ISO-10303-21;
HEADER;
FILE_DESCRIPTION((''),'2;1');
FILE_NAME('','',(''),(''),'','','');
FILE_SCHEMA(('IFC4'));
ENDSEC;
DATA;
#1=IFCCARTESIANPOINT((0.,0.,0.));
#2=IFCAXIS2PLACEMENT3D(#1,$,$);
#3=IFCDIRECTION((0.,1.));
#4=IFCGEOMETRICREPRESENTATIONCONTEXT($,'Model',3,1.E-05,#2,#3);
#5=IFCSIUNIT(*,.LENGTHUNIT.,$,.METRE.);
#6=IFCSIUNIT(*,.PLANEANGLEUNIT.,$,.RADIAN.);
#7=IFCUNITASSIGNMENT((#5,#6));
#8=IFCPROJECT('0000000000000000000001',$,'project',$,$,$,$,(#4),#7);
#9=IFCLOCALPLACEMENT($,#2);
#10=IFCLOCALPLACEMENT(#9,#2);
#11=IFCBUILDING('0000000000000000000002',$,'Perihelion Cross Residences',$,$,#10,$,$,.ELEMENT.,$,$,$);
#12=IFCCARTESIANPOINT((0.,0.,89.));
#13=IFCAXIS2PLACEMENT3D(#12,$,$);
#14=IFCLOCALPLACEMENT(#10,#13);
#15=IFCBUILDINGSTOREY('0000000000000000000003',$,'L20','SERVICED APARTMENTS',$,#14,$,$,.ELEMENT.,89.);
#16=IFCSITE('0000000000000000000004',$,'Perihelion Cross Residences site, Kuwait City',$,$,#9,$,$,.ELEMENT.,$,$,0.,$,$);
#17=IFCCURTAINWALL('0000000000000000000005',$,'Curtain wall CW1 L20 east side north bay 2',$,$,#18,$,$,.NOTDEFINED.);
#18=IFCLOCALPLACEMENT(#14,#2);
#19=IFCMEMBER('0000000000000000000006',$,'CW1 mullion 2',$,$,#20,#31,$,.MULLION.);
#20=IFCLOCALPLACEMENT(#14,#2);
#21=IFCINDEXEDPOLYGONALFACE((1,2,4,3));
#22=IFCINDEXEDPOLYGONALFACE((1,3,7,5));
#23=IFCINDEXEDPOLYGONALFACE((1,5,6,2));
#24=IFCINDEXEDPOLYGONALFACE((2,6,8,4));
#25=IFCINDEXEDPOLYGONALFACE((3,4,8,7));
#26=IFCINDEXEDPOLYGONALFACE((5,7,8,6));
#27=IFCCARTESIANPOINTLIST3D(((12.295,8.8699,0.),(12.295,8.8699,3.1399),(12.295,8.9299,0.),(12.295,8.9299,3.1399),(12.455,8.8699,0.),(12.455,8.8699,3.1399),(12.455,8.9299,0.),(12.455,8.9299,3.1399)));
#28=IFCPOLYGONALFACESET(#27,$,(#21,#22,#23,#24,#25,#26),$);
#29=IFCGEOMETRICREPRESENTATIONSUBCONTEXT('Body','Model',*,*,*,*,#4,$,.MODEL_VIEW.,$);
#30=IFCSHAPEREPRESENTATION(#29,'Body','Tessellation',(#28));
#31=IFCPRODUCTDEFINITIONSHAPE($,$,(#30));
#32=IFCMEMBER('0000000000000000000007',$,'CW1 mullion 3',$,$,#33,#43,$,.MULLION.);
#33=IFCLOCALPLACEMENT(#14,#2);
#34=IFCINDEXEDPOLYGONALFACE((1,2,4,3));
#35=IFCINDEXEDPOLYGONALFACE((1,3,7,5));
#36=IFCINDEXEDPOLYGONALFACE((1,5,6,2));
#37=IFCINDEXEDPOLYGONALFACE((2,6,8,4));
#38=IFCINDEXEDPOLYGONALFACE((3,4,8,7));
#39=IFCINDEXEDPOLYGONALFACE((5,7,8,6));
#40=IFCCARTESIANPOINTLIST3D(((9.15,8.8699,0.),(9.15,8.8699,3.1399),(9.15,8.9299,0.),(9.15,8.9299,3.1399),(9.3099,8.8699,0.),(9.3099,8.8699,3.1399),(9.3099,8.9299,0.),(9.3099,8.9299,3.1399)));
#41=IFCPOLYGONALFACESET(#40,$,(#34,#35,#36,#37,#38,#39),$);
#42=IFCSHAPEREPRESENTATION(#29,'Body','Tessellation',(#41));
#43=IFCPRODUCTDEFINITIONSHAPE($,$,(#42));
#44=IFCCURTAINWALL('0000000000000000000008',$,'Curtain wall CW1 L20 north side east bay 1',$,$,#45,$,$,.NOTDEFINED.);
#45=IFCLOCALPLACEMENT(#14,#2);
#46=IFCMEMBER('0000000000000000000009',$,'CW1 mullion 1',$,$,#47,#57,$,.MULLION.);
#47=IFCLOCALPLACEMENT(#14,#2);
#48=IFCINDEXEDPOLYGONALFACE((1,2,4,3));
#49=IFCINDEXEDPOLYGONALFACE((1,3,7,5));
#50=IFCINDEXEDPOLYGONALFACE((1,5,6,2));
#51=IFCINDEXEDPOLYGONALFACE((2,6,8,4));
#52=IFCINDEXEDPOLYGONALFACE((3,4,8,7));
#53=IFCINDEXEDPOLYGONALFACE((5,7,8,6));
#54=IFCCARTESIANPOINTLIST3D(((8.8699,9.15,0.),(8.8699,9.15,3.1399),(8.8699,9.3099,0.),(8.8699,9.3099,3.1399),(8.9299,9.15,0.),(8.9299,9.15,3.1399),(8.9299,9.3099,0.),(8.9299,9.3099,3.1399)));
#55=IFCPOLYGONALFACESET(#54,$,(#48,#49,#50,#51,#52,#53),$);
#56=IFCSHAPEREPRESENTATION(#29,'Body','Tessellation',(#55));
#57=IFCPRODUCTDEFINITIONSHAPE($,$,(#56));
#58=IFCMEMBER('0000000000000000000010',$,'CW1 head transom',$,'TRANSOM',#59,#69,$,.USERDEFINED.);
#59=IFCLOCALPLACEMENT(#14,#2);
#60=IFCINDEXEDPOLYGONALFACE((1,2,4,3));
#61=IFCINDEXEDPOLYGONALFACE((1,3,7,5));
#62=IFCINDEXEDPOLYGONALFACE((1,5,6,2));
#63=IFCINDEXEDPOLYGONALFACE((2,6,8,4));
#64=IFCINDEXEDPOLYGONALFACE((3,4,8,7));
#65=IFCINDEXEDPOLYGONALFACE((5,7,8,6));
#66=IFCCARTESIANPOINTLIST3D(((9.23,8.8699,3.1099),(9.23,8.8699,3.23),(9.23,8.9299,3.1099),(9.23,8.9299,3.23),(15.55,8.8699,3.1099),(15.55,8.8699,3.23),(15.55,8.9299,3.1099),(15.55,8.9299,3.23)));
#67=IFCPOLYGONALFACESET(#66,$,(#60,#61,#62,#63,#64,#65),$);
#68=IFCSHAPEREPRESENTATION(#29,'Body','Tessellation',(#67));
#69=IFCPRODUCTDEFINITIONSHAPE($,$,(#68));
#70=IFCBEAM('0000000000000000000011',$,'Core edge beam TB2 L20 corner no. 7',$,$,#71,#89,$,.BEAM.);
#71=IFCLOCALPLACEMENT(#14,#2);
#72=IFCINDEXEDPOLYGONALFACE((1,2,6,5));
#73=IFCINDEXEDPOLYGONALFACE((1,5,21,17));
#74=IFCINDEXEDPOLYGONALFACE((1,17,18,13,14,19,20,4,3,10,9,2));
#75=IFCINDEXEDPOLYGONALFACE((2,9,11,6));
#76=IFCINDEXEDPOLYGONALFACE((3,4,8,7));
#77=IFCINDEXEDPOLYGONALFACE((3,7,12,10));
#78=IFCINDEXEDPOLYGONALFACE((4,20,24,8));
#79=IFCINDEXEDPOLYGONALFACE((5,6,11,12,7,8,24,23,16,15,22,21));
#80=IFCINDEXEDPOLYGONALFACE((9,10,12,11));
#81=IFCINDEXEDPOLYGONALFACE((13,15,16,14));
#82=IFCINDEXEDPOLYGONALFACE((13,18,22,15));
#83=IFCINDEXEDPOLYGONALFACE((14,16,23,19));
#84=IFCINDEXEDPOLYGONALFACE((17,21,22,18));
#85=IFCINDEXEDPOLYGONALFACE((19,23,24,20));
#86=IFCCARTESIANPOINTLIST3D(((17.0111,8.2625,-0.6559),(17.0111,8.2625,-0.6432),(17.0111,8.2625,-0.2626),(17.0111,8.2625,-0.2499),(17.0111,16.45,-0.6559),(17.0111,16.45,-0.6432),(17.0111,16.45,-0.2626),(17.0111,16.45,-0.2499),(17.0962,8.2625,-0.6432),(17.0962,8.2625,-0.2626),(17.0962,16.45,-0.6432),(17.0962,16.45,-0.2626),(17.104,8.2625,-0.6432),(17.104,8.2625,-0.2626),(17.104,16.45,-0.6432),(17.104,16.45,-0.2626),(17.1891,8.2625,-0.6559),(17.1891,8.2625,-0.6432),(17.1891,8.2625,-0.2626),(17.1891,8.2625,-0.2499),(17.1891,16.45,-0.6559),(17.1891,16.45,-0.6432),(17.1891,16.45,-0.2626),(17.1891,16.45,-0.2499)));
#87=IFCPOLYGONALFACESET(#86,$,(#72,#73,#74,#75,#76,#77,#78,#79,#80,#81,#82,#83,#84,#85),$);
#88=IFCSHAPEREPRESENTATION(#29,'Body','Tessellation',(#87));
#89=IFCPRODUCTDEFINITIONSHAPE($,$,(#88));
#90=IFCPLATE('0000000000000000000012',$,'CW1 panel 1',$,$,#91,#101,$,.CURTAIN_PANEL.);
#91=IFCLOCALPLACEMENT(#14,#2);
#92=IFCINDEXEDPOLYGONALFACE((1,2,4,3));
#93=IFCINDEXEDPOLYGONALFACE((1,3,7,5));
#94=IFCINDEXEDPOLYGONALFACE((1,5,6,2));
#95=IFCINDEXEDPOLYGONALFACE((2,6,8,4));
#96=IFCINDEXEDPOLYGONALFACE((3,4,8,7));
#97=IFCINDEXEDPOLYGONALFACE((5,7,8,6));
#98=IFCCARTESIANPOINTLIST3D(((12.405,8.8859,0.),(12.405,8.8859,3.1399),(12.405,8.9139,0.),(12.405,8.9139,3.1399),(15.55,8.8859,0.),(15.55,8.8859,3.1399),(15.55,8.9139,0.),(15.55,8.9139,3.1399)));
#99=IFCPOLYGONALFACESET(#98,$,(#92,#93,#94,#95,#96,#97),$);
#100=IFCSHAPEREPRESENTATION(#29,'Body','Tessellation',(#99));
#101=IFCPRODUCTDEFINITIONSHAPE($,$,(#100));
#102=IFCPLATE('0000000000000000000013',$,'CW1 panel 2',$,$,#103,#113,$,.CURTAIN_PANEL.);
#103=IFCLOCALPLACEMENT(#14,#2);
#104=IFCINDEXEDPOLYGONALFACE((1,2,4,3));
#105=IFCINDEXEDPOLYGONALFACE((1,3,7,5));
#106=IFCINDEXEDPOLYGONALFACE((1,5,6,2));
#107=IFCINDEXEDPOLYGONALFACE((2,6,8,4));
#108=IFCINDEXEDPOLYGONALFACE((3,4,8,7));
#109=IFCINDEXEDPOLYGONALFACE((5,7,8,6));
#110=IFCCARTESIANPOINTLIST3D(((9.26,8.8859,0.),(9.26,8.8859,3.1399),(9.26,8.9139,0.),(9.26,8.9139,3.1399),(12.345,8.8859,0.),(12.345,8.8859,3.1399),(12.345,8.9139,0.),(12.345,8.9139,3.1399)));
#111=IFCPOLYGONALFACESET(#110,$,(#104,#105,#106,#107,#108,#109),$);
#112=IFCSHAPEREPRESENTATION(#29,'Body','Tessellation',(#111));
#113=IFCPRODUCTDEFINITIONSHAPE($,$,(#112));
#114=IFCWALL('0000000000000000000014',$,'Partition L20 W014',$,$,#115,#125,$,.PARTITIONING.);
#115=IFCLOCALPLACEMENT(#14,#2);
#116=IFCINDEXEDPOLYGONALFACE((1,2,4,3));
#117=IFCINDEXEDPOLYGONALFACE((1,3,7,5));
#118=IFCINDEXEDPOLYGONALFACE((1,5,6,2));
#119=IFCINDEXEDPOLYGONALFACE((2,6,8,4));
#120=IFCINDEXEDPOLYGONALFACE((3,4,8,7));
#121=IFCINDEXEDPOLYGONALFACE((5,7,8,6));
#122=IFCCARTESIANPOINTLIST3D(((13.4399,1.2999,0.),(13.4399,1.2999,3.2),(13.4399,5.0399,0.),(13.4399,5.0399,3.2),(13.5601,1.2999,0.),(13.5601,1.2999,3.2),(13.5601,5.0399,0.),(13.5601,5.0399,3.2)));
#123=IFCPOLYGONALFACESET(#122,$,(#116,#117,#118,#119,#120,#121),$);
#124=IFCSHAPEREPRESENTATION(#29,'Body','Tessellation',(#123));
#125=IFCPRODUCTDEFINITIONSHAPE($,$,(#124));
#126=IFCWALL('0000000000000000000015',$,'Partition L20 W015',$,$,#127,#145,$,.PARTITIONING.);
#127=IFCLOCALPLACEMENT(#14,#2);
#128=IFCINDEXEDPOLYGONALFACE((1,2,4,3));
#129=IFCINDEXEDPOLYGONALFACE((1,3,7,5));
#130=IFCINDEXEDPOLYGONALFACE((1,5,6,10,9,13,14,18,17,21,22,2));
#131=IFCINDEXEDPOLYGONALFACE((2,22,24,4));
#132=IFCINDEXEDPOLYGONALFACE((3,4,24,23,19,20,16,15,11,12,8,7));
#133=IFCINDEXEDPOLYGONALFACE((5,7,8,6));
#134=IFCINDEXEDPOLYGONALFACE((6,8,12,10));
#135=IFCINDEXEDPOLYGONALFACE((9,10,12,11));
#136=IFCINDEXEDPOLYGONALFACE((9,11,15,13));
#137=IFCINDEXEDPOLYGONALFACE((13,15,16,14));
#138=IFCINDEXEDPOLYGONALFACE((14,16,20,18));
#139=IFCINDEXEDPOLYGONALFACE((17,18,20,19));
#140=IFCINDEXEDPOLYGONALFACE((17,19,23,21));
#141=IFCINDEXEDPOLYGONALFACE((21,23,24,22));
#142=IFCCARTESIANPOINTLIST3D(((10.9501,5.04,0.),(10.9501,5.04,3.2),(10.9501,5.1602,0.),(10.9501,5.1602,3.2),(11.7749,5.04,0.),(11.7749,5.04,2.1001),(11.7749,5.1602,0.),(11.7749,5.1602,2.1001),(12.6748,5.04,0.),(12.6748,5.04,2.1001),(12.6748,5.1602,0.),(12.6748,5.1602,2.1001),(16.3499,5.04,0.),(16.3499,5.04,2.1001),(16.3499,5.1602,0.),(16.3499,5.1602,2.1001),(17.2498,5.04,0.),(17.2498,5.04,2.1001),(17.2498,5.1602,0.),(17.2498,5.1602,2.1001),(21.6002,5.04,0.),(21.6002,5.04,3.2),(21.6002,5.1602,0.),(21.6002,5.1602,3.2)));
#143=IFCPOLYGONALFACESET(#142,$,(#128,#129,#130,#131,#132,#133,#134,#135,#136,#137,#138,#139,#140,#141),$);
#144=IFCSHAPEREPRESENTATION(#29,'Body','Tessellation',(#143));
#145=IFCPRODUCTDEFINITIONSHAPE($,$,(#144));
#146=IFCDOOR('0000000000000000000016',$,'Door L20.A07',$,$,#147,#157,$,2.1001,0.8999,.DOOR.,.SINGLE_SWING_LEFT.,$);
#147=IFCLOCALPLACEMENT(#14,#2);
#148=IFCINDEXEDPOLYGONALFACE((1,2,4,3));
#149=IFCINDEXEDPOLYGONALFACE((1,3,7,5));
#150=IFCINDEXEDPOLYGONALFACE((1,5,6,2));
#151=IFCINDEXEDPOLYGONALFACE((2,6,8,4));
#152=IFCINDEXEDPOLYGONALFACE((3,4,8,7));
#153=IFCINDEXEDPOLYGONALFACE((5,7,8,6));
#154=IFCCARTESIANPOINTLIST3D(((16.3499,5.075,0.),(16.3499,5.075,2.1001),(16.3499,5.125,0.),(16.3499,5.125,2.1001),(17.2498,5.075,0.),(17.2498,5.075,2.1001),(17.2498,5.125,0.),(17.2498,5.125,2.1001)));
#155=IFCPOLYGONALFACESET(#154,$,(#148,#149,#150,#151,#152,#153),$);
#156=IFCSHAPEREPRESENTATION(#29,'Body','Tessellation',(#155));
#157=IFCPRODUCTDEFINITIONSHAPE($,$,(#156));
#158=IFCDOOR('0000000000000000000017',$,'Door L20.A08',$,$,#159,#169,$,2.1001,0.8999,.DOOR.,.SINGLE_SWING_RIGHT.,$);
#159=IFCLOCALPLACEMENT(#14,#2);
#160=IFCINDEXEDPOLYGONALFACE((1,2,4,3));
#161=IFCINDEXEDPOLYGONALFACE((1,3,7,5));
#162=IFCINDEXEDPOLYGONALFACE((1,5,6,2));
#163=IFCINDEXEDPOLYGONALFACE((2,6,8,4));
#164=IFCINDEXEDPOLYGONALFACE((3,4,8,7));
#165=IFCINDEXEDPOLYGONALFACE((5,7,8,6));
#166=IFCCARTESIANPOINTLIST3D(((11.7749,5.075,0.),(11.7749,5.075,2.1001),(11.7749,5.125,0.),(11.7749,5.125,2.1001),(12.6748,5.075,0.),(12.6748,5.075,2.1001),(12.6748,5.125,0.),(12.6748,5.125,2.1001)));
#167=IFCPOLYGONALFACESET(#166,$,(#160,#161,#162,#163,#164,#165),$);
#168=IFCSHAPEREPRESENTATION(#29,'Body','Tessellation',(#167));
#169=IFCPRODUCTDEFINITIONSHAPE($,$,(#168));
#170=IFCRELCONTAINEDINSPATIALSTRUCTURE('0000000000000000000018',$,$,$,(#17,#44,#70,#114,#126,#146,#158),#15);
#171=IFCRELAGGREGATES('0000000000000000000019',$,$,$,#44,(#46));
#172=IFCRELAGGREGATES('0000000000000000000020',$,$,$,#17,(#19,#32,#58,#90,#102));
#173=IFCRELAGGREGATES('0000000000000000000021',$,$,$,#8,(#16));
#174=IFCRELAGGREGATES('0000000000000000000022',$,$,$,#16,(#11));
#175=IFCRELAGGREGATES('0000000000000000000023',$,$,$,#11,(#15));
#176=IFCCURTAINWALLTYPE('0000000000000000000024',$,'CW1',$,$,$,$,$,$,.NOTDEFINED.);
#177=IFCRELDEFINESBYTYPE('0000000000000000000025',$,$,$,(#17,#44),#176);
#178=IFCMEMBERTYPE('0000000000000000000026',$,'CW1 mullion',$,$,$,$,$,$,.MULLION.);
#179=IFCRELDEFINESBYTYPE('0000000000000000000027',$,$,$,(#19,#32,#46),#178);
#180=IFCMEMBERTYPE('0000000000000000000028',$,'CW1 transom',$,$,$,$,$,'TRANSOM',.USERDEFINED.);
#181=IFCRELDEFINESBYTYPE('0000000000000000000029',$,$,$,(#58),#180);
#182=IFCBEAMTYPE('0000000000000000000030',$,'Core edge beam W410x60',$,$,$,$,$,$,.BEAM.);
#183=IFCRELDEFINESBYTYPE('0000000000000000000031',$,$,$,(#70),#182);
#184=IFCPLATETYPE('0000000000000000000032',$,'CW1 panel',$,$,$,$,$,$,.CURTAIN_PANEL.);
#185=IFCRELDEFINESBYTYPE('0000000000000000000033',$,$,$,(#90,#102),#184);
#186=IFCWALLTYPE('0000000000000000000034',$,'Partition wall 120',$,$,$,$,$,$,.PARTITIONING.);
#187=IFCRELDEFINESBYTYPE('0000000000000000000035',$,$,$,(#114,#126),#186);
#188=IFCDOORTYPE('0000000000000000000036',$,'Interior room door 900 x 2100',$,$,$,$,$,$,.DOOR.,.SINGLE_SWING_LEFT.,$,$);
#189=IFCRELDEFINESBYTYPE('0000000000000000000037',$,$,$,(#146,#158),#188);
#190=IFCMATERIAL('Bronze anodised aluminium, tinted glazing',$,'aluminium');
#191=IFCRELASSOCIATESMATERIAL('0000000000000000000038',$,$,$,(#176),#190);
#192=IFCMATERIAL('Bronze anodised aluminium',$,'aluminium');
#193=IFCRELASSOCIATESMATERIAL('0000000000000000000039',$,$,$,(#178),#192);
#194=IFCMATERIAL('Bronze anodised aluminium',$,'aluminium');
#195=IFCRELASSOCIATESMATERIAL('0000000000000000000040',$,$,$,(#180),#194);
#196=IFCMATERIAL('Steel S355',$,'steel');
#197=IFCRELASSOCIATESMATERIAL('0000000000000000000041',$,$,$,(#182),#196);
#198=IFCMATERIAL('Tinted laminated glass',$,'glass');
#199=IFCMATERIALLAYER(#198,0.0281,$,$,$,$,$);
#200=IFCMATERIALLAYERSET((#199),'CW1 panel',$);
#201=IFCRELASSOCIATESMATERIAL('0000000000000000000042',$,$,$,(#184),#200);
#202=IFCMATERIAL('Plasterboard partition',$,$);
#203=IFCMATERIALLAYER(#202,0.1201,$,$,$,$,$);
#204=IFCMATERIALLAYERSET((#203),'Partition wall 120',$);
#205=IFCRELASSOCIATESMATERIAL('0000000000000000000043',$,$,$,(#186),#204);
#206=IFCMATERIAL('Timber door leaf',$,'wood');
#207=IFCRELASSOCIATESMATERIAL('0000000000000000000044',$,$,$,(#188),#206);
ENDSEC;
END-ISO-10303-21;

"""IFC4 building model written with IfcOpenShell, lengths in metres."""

from ifc_helpers import new_model, si_unit, direction, frame, frame_2d, origin, origin_2d, place, context, subcontext, project, spatial, rectangle, i_section, extrude, material, layer, layer_set, material_profile, profile_set, type_object, element, fill, aggregate, save


model = new_model("IFC4")

# Units and contexts
model_context = context("Model", 3, precision=1e-05, world=origin(), true_north=direction((0.0, 1.0)))
body_context = subcontext(model_context, "Body", "Model", "MODEL_VIEW")
ifc_project = project(units=[si_unit("LENGTHUNIT", "METRE"), si_unit("PLANEANGLEUNIT", "RADIAN")], contexts=[model_context])

# Site, building, storey
site_placement = place(None, origin())
site = spatial("IfcSite", under=ifc_project, at=site_placement, Name="Perihelion Cross Residences site, Kuwait City", CompositionType="ELEMENT", RefElevation=0.0)
building_placement = place(site_placement, origin())
building = spatial("IfcBuilding", under=site, at=building_placement, Name="Perihelion Cross Residences", CompositionType="ELEMENT")
storey_placement = place(building_placement, frame((0.0, 0.0, 89.0)))
storey = spatial("IfcBuildingStorey", under=building, at=storey_placement, Name="L20", Description="SERVICED APARTMENTS", CompositionType="ELEMENT", Elevation=89.0)

# Curtain wall, members
ifc_material_1 = material(Name="Bronze anodised aluminium, tinted glazing", Category="aluminium")
curtain_wall_type = type_object("IfcCurtainWallType", Name="CW1", PredefinedType="NOTDEFINED", material=ifc_material_1)
curtain_wall_1_placement = place(storey_placement, origin())
curtain_wall_1 = element("IfcCurtainWall", 1, at=curtain_wall_1_placement, inside=storey, type_object=curtain_wall_type, Name="Curtain wall CW1 L20 east side north bay 2", PredefinedType="NOTDEFINED")
ifc_material_2 = material(Name="Bronze anodised aluminium", Category="aluminium")
ifc_material_profile_1 = material_profile(ifc_material_2, rectangle(XDim=0.0601, YDim=0.1599, at=origin_2d()), Name="CW1 mullion")
ifc_profile_set_1 = profile_set([ifc_material_profile_1], Name="Bronze anodised aluminium")
member_type_1 = type_object("IfcMemberType", Name="CW1 mullion", PredefinedType="MULLION", material=ifc_profile_set_1)
member_1_placement = place(storey_placement, frame((12.375, 8.8999, 0.0), z_axis=(0.0, 0.0, 1.0), x_axis=(0.0, -1.0, 0.0)))
member_1 = element("IfcMember", 2, at=member_1_placement, type_object=member_type_1, Name="CW1 mullion 2", PredefinedType="MULLION", context=body_context, shape_type="SweptSolid", body=[
    extrude(rectangle(XDim=0.0601, YDim=0.1599, at=origin_2d()), origin(), (0.0, 0.0, 1.0), 3.1399),
])
member_2_placement = place(storey_placement, frame((9.23, 8.8999, 0.0), z_axis=(0.0, 0.0, 1.0), x_axis=(0.0, -1.0, 0.0)))
member_2 = element("IfcMember", 3, at=member_2_placement, type_object=member_type_1, Name="CW1 mullion 3", PredefinedType="MULLION", context=body_context, shape_type="SweptSolid", body=[
    extrude(rectangle(XDim=0.0601, YDim=0.1599, at=origin_2d()), origin(), (0.0, 0.0, 1.0), 3.1399),
])

# Curtain wall, member
curtain_wall_2_placement = place(storey_placement, origin())
curtain_wall_2 = element("IfcCurtainWall", 4, at=curtain_wall_2_placement, inside=storey, type_object=curtain_wall_type, Name="Curtain wall CW1 L20 north side east bay 1", PredefinedType="NOTDEFINED")
member_3_placement = place(storey_placement, frame((8.8999, 9.23, 0.0), z_axis=(0.0, 0.0, 1.0), x_axis=(-1.0, 0.0, 0.0)))
member_3 = element("IfcMember", 5, at=member_3_placement, type_object=member_type_1, Name="CW1 mullion 1", PredefinedType="MULLION", context=body_context, shape_type="SweptSolid", body=[
    extrude(rectangle(XDim=0.0601, YDim=0.1599, at=origin_2d()), origin(), (0.0, 0.0, 1.0), 3.1399),
])
aggregate(curtain_wall_2, [member_3])

# Member
ifc_material_3 = material(Name="Bronze anodised aluminium", Category="aluminium")
ifc_material_profile_2 = material_profile(ifc_material_3, rectangle(XDim=0.0601, YDim=0.1201, at=origin_2d()), Name="CW1 transom")
ifc_profile_set_2 = profile_set([ifc_material_profile_2], Name="Bronze anodised aluminium")
member_type_2 = type_object("IfcMemberType", Name="CW1 transom", ElementType="TRANSOM", PredefinedType="USERDEFINED", material=ifc_profile_set_2)
member_4_placement = place(storey_placement, frame((15.55, 8.8999, 3.1699), z_axis=(-1.0, 0.0, 0.0), x_axis=(0.0, -1.0, 0.0)))
member_4 = element("IfcMember", 6, at=member_4_placement, type_object=member_type_2, Name="CW1 head transom", ObjectType="TRANSOM", PredefinedType="USERDEFINED", context=body_context, shape_type="SweptSolid", body=[
    extrude(rectangle(XDim=0.0601, YDim=0.1201, at=origin_2d()), origin(), (0.0, 0.0, 1.0), 6.3201),
])

# Beam
ifc_material_4 = material(Name="Steel S355", Category="steel")
ifc_material_profile_3 = material_profile(ifc_material_4, i_section(OverallWidth=0.178, OverallDepth=0.406, WebThickness=0.0078, FlangeThickness=0.0127, at=origin_2d()), Name="W410x60")
ifc_profile_set_3 = profile_set([ifc_material_profile_3], Name="Steel S355")
beam_type = type_object("IfcBeamType", Name="Core edge beam W410x60", PredefinedType="BEAM", material=ifc_profile_set_3)
beam_placement = place(storey_placement, frame((17.1001, 8.2625, -0.4529), z_axis=(0.0, 1.0, 0.0), x_axis=(-1.0, 0.0, 0.0)))
element("IfcBeam", 7, at=beam_placement, inside=storey, type_object=beam_type, Name="Core edge beam TB2 L20 corner no. 7", PredefinedType="BEAM", context=body_context, shape_type="SweptSolid", body=[
    extrude(i_section(OverallWidth=0.178, OverallDepth=0.406, WebThickness=0.0078, FlangeThickness=0.0127, at=origin_2d()), origin(), (0.0, 0.0, 1.0), 8.1875),
])

# Plates
ifc_material_5 = material(Name="Tinted laminated glass", Category="glass")
ifc_layer_1 = layer(ifc_material_5, 0.0281)
ifc_layer_set_1 = layer_set([ifc_layer_1], Name="CW1 panel")
plate_type = type_object("IfcPlateType", Name="CW1 panel", PredefinedType="CURTAIN_PANEL", material=ifc_layer_set_1)
plate_1_placement = place(storey_placement, frame((13.9775, 8.8999, 0.0), z_axis=(0.0, 0.0, 1.0), x_axis=(-1.0, 0.0, 0.0)))
plate_1 = element("IfcPlate", 8, at=plate_1_placement, type_object=plate_type, Name="CW1 panel 1", PredefinedType="CURTAIN_PANEL", context=body_context, shape_type="SweptSolid", body=[
    extrude(rectangle(XDim=3.145, YDim=0.0281, at=origin_2d()), origin(), (0.0, 0.0, 1.0), 3.1399),
])
plate_2_placement = place(storey_placement, frame((10.8025, 8.8999, 0.0), z_axis=(0.0, 0.0, 1.0), x_axis=(-1.0, 0.0, 0.0)))
plate_2 = element("IfcPlate", 9, at=plate_2_placement, type_object=plate_type, Name="CW1 panel 2", PredefinedType="CURTAIN_PANEL", context=body_context, shape_type="SweptSolid", body=[
    extrude(rectangle(XDim=3.085, YDim=0.0281, at=origin_2d()), origin(), (0.0, 0.0, 1.0), 3.1399),
])
aggregate(curtain_wall_1, [member_1, member_2, member_4, plate_1, plate_2])

# Wall
ifc_material_6 = material(Name="Plasterboard partition")
ifc_layer_2 = layer(ifc_material_6, 0.1201)
ifc_layer_set_2 = layer_set([ifc_layer_2], Name="Partition wall 120")
wall_type_1 = type_object("IfcWallType", Name="Partition wall 120", PredefinedType="PARTITIONING", material=ifc_layer_set_2)
wall_1_placement = place(storey_placement, frame((13.5, 5.04, 0.0), z_axis=(0.0, 0.0, 1.0), x_axis=(0.0, -1.0, 0.0)))
element("IfcWall", 10, at=wall_1_placement, inside=storey, type_object=wall_type_1, Name="Partition L20 W014", PredefinedType="PARTITIONING", context=body_context, shape_type="SweptSolid", body=[
    extrude(rectangle(XDim=3.74, YDim=0.1201, at=frame_2d((1.8701, 0.0))), origin(), (0.0, 0.0, 1.0), 3.2),
])

# Wall, openings, doors
wall_2_placement = place(storey_placement, frame((10.95, 5.1001, 0.0), z_axis=(0.0, 0.0, 1.0), x_axis=(1.0, 0.0, 0.0)))
wall_2 = element("IfcWall", 11, at=wall_2_placement, inside=storey, type_object=wall_type_1, Name="Partition L20 W015", PredefinedType="PARTITIONING", context=body_context, shape_type="SweptSolid", body=[
    extrude(rectangle(XDim=10.6501, YDim=0.1201, at=frame_2d((5.3252, 0.0))), origin(), (0.0, 0.0, 1.0), 3.2),
])
opening_1_placement = place(wall_2_placement, frame((5.3999, 0.0, 0.0)))
opening_1 = element("IfcOpeningElement", 12, at=opening_1_placement, cuts=wall_2, PredefinedType="OPENING", context=body_context, shape_type="SweptSolid", body=[
    extrude(rectangle(XDim=0.8999, YDim=2.1001, at=frame_2d((0.45, 1.05))), frame((0.0, 0.0701, 0.0), z_axis=(0.0, -1.0, 0.0), x_axis=(1.0, 0.0, 0.0)), (0.0, 0.0, 1.0), 0.1401),
])
opening_2_placement = place(wall_2_placement, frame((0.825, 0.0, 0.0)))
opening_2 = element("IfcOpeningElement", 13, at=opening_2_placement, cuts=wall_2, PredefinedType="OPENING", context=body_context, shape_type="SweptSolid", body=[
    extrude(rectangle(XDim=0.8999, YDim=2.1001, at=frame_2d((0.45, 1.05))), frame((0.0, 0.0701, 0.0), z_axis=(0.0, -1.0, 0.0), x_axis=(1.0, 0.0, 0.0)), (0.0, 0.0, 1.0), 0.1401),
])
ifc_material_7 = material(Name="Timber door leaf", Category="wood")
door_type_1 = type_object("IfcDoorType", Name="Interior room door 900 x 2100", OperationType="SINGLE_SWING_LEFT", PredefinedType="DOOR", material=ifc_material_7)
door_1_placement = place(opening_1_placement, origin())
door_1 = element("IfcDoor", 14, at=door_1_placement, inside=storey, type_object=door_type_1, Name="Door L20.A07", OperationType="SINGLE_SWING_LEFT", OverallHeight=2.1001, OverallWidth=0.8999, PredefinedType="DOOR", context=body_context, shape_type="SweptSolid", body=[
    extrude(rectangle(XDim=0.8999, YDim=2.1001, at=frame_2d((0.45, 1.05))), frame((0.0, 0.0249, 0.0), z_axis=(0.0, -1.0, 0.0), x_axis=(1.0, 0.0, 0.0)), (0.0, 0.0, 1.0), 0.05),
])
fill(opening_1, door_1)
door_2_placement = place(opening_2_placement, origin())
door_2 = element("IfcDoor", 15, at=door_2_placement, inside=storey, type_object=door_type_1, Name="Door L20.A08", OperationType="SINGLE_SWING_RIGHT", OverallHeight=2.1001, OverallWidth=0.8999, PredefinedType="DOOR", context=body_context, shape_type="SweptSolid", body=[
    extrude(rectangle(XDim=0.8999, YDim=2.1001, at=frame_2d((0.45, 1.05))), frame((0.0, 0.0249, 0.0), z_axis=(0.0, -1.0, 0.0), x_axis=(1.0, 0.0, 0.0)), (0.0, 0.0, 1.0), 0.05),
])
fill(opening_2, door_2)

save(model, "model.ifc")
